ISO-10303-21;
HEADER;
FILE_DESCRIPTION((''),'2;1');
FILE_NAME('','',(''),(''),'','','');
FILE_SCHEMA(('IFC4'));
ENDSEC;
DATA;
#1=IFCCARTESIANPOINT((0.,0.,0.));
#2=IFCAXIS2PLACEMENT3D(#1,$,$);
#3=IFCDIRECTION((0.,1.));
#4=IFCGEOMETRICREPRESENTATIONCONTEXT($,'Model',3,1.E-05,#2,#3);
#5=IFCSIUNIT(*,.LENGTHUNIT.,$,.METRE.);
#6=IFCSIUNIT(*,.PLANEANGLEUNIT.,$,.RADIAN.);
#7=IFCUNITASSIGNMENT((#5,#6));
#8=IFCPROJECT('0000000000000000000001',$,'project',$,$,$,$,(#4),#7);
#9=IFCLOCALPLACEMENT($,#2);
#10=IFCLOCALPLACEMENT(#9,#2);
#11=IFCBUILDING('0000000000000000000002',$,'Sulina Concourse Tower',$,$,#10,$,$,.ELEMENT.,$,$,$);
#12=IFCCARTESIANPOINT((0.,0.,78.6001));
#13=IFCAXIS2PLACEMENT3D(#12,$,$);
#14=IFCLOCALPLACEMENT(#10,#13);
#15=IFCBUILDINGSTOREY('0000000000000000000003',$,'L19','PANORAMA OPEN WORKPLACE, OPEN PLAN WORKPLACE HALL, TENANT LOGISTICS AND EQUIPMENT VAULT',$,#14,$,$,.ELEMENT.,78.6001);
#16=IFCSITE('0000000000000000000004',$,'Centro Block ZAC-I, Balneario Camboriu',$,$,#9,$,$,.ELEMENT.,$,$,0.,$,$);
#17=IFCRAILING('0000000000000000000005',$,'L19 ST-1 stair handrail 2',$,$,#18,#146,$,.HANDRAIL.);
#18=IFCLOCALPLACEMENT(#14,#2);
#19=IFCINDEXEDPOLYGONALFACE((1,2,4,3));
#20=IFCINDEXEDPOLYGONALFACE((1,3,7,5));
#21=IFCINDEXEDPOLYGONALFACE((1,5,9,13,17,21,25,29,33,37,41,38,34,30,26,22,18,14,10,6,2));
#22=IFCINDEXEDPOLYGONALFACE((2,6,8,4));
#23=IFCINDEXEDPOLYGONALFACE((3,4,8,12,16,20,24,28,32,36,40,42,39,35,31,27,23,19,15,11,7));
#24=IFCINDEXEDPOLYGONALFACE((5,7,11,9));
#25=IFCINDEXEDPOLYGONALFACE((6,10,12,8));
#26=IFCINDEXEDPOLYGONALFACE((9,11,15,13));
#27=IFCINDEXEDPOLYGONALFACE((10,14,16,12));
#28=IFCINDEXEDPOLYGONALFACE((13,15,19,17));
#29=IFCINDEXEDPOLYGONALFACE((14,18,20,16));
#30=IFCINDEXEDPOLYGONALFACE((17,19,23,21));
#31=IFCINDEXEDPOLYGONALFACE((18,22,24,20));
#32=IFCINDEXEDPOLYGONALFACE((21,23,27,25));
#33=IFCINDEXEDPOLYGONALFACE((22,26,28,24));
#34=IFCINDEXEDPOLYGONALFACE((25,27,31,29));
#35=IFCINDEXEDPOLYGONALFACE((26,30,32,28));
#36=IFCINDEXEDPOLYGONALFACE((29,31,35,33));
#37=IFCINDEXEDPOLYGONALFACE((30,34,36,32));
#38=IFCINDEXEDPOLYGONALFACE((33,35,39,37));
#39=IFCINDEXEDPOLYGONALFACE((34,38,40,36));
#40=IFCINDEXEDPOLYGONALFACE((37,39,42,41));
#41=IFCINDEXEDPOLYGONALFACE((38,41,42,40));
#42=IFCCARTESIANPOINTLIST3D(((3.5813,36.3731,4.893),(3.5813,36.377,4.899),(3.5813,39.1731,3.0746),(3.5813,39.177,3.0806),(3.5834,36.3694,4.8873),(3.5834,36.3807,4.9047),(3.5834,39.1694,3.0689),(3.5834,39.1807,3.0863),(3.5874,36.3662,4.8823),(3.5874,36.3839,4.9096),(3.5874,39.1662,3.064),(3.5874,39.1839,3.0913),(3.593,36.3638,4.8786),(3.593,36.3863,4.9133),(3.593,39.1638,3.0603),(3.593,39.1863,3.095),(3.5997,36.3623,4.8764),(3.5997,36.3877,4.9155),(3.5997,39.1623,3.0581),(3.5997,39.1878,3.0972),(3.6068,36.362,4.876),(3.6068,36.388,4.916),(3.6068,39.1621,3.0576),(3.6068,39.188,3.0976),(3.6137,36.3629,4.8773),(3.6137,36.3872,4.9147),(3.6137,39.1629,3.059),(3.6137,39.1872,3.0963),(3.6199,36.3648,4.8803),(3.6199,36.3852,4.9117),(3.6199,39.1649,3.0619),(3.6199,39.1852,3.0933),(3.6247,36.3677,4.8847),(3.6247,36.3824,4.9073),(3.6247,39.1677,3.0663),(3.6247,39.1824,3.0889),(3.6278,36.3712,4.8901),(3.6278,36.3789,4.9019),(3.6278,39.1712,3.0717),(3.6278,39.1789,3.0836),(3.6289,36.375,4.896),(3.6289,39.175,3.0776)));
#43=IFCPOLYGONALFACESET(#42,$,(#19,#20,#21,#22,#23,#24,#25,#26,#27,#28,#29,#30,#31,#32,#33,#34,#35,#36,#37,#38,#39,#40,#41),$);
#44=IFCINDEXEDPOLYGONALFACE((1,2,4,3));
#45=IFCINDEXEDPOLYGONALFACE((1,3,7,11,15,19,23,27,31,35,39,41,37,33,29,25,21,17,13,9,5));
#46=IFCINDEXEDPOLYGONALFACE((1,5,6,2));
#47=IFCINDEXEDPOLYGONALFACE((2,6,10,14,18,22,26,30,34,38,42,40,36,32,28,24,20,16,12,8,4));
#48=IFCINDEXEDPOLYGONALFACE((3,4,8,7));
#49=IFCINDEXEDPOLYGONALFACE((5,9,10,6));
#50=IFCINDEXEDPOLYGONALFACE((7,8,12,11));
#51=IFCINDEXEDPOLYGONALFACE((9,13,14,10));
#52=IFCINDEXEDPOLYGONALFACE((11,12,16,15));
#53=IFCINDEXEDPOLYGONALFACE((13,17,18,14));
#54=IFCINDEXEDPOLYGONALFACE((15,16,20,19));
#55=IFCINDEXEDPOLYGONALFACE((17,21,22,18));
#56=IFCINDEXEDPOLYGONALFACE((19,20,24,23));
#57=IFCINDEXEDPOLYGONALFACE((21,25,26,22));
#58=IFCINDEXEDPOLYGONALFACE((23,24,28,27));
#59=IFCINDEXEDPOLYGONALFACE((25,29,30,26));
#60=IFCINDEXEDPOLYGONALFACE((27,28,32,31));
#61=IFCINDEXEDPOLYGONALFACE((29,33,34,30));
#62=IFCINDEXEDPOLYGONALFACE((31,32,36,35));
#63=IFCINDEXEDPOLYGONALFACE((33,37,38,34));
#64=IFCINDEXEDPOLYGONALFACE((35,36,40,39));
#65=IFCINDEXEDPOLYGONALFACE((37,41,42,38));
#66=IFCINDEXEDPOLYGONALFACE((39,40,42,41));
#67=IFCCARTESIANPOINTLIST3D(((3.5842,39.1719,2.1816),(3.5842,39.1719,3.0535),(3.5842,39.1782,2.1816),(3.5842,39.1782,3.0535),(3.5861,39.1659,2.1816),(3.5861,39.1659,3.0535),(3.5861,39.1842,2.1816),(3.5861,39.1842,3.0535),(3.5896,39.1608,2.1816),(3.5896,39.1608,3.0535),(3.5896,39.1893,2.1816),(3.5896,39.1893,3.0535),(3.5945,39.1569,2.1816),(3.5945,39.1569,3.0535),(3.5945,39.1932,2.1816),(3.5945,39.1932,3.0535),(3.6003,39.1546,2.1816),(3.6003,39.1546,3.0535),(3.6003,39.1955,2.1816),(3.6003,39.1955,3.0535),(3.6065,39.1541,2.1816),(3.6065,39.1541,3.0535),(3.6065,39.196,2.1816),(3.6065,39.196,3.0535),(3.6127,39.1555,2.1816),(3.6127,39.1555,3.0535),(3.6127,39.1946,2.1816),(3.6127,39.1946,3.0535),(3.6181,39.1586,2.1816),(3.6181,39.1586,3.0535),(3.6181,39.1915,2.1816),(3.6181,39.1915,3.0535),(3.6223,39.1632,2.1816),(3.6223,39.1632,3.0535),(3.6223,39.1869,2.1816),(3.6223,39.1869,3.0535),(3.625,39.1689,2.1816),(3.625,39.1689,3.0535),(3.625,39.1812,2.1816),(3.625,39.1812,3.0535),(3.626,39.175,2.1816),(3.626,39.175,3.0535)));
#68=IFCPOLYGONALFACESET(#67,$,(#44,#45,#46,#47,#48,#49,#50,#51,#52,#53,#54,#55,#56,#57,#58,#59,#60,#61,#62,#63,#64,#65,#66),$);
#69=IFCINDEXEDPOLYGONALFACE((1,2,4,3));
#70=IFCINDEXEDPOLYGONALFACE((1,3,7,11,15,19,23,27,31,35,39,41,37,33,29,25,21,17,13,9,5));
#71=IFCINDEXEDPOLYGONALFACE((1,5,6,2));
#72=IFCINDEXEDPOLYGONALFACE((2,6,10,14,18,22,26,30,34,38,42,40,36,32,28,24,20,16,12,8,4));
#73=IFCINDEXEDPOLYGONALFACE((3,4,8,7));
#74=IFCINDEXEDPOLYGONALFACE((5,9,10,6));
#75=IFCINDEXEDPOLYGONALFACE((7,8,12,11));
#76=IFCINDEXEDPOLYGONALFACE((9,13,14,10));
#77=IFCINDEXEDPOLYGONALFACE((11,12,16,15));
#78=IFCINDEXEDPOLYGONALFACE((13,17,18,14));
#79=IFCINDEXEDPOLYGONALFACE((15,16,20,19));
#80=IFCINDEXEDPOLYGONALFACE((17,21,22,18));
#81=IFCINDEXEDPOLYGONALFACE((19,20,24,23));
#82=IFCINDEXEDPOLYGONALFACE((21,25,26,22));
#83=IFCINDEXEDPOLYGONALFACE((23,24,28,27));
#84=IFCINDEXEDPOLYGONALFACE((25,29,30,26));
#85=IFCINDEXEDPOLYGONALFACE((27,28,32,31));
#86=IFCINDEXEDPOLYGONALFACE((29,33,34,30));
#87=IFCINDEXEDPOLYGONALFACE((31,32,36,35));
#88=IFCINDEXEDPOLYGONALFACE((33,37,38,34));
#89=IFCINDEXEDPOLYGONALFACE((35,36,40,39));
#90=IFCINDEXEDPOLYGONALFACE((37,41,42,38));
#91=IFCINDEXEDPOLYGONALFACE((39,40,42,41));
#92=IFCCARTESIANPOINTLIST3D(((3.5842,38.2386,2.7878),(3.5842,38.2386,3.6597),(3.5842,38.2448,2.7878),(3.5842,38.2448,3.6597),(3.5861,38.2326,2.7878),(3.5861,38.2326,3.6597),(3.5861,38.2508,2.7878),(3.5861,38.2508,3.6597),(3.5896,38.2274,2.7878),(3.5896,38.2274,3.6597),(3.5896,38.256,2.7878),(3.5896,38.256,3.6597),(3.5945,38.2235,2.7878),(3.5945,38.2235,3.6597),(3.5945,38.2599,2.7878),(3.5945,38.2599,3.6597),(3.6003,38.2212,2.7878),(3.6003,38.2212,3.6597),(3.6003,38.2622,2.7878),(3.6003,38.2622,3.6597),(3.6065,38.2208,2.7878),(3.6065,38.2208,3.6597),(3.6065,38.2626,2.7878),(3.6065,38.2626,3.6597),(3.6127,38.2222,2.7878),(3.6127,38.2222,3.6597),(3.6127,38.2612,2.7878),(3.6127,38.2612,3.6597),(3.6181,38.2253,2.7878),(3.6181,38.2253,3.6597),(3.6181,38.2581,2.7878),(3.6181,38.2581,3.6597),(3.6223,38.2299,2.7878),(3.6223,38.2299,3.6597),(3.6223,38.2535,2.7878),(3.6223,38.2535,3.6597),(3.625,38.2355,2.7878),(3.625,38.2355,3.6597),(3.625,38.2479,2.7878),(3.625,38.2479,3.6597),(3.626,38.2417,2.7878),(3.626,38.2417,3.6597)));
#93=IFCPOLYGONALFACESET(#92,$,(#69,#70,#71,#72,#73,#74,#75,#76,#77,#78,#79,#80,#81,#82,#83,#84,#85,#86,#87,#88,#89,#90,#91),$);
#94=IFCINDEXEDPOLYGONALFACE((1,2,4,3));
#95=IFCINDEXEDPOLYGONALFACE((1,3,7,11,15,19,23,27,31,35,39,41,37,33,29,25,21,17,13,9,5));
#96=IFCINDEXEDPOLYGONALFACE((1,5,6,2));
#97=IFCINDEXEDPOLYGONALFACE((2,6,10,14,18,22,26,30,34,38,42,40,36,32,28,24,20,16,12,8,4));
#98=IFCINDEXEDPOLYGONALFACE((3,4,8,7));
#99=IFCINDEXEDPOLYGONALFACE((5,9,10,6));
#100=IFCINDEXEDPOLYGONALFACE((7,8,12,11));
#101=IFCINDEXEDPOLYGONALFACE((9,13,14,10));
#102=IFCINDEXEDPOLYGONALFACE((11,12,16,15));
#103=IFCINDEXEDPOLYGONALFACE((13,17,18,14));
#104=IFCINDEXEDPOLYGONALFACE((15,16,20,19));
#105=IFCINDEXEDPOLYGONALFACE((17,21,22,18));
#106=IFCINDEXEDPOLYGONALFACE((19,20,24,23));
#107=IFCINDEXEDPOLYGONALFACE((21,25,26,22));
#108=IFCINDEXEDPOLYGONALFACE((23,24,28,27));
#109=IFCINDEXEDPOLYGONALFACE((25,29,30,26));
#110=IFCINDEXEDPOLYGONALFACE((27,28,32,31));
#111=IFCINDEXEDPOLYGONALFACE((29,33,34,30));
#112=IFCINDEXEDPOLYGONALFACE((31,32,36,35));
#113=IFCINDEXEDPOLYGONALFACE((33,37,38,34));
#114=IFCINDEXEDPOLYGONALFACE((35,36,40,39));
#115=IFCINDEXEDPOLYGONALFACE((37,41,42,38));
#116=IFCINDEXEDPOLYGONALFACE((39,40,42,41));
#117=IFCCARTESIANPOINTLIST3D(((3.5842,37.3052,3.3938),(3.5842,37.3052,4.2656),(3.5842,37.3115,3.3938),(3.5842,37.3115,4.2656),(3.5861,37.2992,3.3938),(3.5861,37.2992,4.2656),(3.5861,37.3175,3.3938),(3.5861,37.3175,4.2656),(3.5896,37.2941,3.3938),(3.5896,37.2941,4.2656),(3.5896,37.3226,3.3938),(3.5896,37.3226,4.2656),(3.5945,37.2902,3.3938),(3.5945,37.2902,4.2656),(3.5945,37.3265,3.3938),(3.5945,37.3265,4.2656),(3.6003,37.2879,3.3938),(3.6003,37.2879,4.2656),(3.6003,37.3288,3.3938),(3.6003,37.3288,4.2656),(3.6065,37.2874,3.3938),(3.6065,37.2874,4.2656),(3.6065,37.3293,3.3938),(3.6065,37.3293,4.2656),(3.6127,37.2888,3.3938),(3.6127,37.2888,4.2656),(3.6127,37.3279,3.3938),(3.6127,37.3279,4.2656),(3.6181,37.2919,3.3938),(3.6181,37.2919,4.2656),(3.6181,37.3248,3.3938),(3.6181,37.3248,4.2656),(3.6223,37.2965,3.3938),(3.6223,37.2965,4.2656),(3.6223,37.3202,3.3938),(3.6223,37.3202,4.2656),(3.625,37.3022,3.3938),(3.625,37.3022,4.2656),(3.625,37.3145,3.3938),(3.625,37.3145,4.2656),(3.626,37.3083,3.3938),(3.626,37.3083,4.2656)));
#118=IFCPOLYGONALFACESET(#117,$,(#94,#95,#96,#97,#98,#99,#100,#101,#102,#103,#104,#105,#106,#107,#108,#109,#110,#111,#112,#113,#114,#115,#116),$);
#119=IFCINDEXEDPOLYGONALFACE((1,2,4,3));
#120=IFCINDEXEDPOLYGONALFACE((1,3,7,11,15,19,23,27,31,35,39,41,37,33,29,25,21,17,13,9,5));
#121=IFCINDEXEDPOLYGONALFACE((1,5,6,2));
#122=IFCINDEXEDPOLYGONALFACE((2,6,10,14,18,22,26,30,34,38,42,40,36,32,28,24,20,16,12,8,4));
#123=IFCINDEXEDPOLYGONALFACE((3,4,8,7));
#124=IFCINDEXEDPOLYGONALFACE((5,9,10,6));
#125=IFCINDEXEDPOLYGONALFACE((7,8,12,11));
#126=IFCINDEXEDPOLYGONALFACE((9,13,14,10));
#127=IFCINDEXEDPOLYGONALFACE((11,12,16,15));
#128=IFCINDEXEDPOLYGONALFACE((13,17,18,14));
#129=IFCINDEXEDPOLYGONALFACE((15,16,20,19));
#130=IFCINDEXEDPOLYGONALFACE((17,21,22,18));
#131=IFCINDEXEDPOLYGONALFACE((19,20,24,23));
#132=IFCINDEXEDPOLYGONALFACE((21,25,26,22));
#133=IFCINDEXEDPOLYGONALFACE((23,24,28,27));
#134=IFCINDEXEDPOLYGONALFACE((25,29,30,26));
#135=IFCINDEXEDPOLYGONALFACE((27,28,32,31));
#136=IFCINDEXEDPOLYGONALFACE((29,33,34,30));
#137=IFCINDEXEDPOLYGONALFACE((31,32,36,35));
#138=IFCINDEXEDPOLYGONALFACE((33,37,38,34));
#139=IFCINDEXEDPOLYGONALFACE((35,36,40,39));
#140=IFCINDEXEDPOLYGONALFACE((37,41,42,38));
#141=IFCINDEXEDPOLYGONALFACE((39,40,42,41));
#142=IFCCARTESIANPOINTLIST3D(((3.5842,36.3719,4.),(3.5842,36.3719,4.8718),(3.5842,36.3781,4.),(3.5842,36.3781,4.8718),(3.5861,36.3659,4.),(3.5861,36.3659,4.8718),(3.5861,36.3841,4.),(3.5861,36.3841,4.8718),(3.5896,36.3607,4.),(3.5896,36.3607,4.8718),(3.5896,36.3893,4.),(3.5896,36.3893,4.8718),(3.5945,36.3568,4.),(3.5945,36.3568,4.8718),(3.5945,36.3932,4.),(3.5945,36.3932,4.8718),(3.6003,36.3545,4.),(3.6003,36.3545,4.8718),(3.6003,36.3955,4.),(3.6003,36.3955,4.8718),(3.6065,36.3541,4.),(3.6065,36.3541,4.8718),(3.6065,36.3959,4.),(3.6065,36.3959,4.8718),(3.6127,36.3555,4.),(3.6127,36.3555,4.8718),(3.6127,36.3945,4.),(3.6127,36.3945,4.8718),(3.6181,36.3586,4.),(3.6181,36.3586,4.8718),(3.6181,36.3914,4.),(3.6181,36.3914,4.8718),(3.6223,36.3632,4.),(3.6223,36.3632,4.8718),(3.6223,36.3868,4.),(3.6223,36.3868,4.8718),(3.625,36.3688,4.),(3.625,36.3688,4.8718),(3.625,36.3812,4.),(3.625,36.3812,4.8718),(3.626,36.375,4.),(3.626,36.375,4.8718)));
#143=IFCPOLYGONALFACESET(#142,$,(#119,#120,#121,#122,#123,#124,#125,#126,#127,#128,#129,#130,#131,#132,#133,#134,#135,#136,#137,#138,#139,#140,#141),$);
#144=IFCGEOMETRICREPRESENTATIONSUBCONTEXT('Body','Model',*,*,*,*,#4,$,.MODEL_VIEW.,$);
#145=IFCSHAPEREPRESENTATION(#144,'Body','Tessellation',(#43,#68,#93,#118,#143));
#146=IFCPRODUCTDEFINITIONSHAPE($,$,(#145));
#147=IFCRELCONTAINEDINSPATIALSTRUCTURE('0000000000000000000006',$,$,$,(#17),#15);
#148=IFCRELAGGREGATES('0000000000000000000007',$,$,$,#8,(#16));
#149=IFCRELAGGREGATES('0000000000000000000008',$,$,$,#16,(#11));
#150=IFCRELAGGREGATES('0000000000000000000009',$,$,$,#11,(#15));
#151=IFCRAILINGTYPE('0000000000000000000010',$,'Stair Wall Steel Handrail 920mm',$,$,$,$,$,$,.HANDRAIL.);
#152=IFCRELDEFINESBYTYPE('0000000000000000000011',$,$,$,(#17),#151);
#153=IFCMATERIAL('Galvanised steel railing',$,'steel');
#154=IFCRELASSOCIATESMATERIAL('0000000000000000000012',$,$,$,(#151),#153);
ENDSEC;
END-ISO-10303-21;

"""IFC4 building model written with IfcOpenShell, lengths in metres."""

from ifc_helpers import new_model, si_unit, direction, frame, origin, origin_2d, place, context, subcontext, project, spatial, circle, extrude, material, type_object, element, save


model = new_model("IFC4")

# Units and contexts
model_context = context("Model", 3, precision=1e-05, world=origin(), true_north=direction((0.0, 1.0)))
body_context = subcontext(model_context, "Body", "Model", "MODEL_VIEW")
ifc_project = project(units=[si_unit("LENGTHUNIT", "METRE"), si_unit("PLANEANGLEUNIT", "RADIAN")], contexts=[model_context])

# Site, building, storey
site_placement = place(None, origin())
site = spatial("IfcSite", under=ifc_project, at=site_placement, Name="Centro Block ZAC-I, Balneario Camboriu", CompositionType="ELEMENT", RefElevation=0.0)
building_placement = place(site_placement, origin())
building = spatial("IfcBuilding", under=site, at=building_placement, Name="Sulina Concourse Tower", CompositionType="ELEMENT")
storey_placement = place(building_placement, frame((0.0, 0.0, 78.6001)))
storey = spatial("IfcBuildingStorey", under=building, at=storey_placement, Name="L19", Description="PANORAMA OPEN WORKPLACE, OPEN PLAN WORKPLACE HALL, TENANT LOGISTICS AND EQUIPMENT VAULT", CompositionType="ELEMENT", Elevation=78.6001)

# Railing
ifc_material_1 = material(Name="Galvanised steel railing", Category="steel")
railing_type_1 = type_object("IfcRailingType", Name="Stair Wall Steel Handrail 920mm", PredefinedType="HANDRAIL", material=ifc_material_1)
railing_1_placement = place(storey_placement, frame((3.605, 39.175, 2.1816)))
element("IfcRailing", 1, at=railing_1_placement, inside=storey, type_object=railing_type_1, Name="L19 ST-1 stair handrail 2", PredefinedType="HANDRAIL", context=body_context, shape_type="SweptSolid", body=[
    extrude(circle(Radius=0.0239, at=origin_2d()), frame((0.0, 0.0, 0.896), z_axis=(0.0, -0.838672, 0.544636), x_axis=(1.0, 0.0, 0.0)), (0.0, 0.0, 1.0), 3.3386),
    extrude(circle(Radius=0.021, at=origin_2d()), origin(), (0.0, 0.0, 1.0), 0.8718),
    extrude(circle(Radius=0.021, at=origin_2d()), frame((0.0, -0.9333, 0.6062)), (0.0, 0.0, 1.0), 0.8718),
    extrude(circle(Radius=0.021, at=origin_2d()), frame((0.0, -1.8667, 1.2122)), (0.0, 0.0, 1.0), 0.8718),
    extrude(circle(Radius=0.021, at=origin_2d()), frame((0.0, -2.8, 1.8184)), (0.0, 0.0, 1.0), 0.8718),
])

save(model, "model.ifc")
